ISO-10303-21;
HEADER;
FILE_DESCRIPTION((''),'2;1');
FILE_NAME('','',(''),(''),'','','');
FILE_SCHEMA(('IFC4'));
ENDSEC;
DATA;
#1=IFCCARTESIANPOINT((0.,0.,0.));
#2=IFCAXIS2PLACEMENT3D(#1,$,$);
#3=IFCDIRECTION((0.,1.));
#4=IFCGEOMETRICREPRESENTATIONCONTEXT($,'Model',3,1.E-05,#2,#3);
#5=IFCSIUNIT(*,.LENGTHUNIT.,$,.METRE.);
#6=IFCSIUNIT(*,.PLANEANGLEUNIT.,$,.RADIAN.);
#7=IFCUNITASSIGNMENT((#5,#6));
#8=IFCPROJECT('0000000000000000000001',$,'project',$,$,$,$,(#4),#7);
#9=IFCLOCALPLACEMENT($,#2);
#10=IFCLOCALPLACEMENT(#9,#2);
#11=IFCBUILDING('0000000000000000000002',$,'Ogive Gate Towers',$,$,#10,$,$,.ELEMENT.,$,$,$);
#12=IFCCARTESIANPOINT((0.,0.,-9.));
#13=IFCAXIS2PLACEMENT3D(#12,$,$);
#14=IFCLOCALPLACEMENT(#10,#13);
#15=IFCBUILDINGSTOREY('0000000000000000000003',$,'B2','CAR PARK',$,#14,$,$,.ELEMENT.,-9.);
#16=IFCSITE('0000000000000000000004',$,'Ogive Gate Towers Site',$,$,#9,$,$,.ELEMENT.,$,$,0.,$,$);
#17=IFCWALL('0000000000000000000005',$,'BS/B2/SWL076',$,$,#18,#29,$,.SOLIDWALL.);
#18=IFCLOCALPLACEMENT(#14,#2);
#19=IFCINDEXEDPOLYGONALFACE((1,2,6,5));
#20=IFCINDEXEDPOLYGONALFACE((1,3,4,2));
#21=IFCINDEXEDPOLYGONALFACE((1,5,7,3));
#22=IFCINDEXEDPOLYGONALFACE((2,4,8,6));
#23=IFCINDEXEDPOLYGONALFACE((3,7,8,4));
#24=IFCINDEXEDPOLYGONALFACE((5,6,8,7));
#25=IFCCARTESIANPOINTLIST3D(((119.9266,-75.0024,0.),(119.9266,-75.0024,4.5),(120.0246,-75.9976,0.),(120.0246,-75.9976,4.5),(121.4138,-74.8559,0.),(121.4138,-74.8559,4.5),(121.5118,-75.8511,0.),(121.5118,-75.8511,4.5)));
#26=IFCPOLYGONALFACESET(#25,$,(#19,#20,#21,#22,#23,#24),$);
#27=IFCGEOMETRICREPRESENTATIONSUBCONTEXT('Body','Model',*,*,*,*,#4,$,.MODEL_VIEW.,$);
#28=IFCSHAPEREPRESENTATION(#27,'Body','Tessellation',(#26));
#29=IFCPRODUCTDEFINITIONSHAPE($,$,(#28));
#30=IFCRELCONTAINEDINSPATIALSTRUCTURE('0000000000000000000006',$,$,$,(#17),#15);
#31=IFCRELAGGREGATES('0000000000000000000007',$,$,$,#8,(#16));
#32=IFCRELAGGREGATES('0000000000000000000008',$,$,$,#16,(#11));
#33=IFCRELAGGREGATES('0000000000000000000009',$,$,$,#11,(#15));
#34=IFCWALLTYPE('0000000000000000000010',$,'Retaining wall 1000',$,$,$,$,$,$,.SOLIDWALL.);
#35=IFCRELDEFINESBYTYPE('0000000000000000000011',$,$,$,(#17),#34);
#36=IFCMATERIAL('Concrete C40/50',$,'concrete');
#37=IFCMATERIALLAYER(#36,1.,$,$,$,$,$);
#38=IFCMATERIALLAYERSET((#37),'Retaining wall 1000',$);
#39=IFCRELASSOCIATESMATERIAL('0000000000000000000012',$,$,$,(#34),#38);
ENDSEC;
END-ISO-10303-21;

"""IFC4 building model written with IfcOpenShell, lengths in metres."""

from ifc_helpers import new_model, si_unit, direction, frame, frame_2d, origin, place, context, subcontext, project, spatial, rectangle, extrude, material, layer, layer_set, type_object, element, save


model = new_model("IFC4")

# Units and contexts
model_context = context("Model", 3, precision=1e-05, world=origin(), true_north=direction((0.0, 1.0)))
body_context = subcontext(model_context, "Body", "Model", "MODEL_VIEW")
ifc_project = project(units=[si_unit("LENGTHUNIT", "METRE"), si_unit("PLANEANGLEUNIT", "RADIAN")], contexts=[model_context])

# Site, building, storey
site_placement = place(None, origin())
site = spatial("IfcSite", under=ifc_project, at=site_placement, Name="Ogive Gate Towers Site", CompositionType="ELEMENT", RefElevation=0.0)
building_placement = place(site_placement, origin())
building = spatial("IfcBuilding", under=site, at=building_placement, Name="Ogive Gate Towers", CompositionType="ELEMENT")
storey_placement = place(building_placement, frame((0.0, 0.0, -9.0)))
storey = spatial("IfcBuildingStorey", under=building, at=storey_placement, Name="B2", Description="CAR PARK", CompositionType="ELEMENT", Elevation=-9.0)

# Shared definitions
ifc_material_1 = material(Name="Concrete C40/50", Category="concrete")

# Wall
ifc_layer = layer(ifc_material_1, 1.0)
ifc_layer_set = layer_set([ifc_layer], Name="Retaining wall 1000")
wall_type = type_object("IfcWallType", Name="Retaining wall 1000", PredefinedType="SOLIDWALL", material=ifc_layer_set)
wall_1_placement = place(storey_placement, frame((121.4626, -75.3535, 0.0), z_axis=(0.0, 0.0, 1.0), x_axis=(-0.995185, -0.098016, 0.0)))
element("IfcWall", 1, at=wall_1_placement, inside=storey, type_object=wall_type, Name="BS/B2/SWL076", PredefinedType="SOLIDWALL", context=body_context, shape_type="SweptSolid", body=[
    extrude(rectangle(XDim=1.4944, YDim=1.0, at=frame_2d((0.7471, 0.0))), origin(), (0.0, 0.0, 1.0), 4.5),
])

save(model, "model.ifc")
